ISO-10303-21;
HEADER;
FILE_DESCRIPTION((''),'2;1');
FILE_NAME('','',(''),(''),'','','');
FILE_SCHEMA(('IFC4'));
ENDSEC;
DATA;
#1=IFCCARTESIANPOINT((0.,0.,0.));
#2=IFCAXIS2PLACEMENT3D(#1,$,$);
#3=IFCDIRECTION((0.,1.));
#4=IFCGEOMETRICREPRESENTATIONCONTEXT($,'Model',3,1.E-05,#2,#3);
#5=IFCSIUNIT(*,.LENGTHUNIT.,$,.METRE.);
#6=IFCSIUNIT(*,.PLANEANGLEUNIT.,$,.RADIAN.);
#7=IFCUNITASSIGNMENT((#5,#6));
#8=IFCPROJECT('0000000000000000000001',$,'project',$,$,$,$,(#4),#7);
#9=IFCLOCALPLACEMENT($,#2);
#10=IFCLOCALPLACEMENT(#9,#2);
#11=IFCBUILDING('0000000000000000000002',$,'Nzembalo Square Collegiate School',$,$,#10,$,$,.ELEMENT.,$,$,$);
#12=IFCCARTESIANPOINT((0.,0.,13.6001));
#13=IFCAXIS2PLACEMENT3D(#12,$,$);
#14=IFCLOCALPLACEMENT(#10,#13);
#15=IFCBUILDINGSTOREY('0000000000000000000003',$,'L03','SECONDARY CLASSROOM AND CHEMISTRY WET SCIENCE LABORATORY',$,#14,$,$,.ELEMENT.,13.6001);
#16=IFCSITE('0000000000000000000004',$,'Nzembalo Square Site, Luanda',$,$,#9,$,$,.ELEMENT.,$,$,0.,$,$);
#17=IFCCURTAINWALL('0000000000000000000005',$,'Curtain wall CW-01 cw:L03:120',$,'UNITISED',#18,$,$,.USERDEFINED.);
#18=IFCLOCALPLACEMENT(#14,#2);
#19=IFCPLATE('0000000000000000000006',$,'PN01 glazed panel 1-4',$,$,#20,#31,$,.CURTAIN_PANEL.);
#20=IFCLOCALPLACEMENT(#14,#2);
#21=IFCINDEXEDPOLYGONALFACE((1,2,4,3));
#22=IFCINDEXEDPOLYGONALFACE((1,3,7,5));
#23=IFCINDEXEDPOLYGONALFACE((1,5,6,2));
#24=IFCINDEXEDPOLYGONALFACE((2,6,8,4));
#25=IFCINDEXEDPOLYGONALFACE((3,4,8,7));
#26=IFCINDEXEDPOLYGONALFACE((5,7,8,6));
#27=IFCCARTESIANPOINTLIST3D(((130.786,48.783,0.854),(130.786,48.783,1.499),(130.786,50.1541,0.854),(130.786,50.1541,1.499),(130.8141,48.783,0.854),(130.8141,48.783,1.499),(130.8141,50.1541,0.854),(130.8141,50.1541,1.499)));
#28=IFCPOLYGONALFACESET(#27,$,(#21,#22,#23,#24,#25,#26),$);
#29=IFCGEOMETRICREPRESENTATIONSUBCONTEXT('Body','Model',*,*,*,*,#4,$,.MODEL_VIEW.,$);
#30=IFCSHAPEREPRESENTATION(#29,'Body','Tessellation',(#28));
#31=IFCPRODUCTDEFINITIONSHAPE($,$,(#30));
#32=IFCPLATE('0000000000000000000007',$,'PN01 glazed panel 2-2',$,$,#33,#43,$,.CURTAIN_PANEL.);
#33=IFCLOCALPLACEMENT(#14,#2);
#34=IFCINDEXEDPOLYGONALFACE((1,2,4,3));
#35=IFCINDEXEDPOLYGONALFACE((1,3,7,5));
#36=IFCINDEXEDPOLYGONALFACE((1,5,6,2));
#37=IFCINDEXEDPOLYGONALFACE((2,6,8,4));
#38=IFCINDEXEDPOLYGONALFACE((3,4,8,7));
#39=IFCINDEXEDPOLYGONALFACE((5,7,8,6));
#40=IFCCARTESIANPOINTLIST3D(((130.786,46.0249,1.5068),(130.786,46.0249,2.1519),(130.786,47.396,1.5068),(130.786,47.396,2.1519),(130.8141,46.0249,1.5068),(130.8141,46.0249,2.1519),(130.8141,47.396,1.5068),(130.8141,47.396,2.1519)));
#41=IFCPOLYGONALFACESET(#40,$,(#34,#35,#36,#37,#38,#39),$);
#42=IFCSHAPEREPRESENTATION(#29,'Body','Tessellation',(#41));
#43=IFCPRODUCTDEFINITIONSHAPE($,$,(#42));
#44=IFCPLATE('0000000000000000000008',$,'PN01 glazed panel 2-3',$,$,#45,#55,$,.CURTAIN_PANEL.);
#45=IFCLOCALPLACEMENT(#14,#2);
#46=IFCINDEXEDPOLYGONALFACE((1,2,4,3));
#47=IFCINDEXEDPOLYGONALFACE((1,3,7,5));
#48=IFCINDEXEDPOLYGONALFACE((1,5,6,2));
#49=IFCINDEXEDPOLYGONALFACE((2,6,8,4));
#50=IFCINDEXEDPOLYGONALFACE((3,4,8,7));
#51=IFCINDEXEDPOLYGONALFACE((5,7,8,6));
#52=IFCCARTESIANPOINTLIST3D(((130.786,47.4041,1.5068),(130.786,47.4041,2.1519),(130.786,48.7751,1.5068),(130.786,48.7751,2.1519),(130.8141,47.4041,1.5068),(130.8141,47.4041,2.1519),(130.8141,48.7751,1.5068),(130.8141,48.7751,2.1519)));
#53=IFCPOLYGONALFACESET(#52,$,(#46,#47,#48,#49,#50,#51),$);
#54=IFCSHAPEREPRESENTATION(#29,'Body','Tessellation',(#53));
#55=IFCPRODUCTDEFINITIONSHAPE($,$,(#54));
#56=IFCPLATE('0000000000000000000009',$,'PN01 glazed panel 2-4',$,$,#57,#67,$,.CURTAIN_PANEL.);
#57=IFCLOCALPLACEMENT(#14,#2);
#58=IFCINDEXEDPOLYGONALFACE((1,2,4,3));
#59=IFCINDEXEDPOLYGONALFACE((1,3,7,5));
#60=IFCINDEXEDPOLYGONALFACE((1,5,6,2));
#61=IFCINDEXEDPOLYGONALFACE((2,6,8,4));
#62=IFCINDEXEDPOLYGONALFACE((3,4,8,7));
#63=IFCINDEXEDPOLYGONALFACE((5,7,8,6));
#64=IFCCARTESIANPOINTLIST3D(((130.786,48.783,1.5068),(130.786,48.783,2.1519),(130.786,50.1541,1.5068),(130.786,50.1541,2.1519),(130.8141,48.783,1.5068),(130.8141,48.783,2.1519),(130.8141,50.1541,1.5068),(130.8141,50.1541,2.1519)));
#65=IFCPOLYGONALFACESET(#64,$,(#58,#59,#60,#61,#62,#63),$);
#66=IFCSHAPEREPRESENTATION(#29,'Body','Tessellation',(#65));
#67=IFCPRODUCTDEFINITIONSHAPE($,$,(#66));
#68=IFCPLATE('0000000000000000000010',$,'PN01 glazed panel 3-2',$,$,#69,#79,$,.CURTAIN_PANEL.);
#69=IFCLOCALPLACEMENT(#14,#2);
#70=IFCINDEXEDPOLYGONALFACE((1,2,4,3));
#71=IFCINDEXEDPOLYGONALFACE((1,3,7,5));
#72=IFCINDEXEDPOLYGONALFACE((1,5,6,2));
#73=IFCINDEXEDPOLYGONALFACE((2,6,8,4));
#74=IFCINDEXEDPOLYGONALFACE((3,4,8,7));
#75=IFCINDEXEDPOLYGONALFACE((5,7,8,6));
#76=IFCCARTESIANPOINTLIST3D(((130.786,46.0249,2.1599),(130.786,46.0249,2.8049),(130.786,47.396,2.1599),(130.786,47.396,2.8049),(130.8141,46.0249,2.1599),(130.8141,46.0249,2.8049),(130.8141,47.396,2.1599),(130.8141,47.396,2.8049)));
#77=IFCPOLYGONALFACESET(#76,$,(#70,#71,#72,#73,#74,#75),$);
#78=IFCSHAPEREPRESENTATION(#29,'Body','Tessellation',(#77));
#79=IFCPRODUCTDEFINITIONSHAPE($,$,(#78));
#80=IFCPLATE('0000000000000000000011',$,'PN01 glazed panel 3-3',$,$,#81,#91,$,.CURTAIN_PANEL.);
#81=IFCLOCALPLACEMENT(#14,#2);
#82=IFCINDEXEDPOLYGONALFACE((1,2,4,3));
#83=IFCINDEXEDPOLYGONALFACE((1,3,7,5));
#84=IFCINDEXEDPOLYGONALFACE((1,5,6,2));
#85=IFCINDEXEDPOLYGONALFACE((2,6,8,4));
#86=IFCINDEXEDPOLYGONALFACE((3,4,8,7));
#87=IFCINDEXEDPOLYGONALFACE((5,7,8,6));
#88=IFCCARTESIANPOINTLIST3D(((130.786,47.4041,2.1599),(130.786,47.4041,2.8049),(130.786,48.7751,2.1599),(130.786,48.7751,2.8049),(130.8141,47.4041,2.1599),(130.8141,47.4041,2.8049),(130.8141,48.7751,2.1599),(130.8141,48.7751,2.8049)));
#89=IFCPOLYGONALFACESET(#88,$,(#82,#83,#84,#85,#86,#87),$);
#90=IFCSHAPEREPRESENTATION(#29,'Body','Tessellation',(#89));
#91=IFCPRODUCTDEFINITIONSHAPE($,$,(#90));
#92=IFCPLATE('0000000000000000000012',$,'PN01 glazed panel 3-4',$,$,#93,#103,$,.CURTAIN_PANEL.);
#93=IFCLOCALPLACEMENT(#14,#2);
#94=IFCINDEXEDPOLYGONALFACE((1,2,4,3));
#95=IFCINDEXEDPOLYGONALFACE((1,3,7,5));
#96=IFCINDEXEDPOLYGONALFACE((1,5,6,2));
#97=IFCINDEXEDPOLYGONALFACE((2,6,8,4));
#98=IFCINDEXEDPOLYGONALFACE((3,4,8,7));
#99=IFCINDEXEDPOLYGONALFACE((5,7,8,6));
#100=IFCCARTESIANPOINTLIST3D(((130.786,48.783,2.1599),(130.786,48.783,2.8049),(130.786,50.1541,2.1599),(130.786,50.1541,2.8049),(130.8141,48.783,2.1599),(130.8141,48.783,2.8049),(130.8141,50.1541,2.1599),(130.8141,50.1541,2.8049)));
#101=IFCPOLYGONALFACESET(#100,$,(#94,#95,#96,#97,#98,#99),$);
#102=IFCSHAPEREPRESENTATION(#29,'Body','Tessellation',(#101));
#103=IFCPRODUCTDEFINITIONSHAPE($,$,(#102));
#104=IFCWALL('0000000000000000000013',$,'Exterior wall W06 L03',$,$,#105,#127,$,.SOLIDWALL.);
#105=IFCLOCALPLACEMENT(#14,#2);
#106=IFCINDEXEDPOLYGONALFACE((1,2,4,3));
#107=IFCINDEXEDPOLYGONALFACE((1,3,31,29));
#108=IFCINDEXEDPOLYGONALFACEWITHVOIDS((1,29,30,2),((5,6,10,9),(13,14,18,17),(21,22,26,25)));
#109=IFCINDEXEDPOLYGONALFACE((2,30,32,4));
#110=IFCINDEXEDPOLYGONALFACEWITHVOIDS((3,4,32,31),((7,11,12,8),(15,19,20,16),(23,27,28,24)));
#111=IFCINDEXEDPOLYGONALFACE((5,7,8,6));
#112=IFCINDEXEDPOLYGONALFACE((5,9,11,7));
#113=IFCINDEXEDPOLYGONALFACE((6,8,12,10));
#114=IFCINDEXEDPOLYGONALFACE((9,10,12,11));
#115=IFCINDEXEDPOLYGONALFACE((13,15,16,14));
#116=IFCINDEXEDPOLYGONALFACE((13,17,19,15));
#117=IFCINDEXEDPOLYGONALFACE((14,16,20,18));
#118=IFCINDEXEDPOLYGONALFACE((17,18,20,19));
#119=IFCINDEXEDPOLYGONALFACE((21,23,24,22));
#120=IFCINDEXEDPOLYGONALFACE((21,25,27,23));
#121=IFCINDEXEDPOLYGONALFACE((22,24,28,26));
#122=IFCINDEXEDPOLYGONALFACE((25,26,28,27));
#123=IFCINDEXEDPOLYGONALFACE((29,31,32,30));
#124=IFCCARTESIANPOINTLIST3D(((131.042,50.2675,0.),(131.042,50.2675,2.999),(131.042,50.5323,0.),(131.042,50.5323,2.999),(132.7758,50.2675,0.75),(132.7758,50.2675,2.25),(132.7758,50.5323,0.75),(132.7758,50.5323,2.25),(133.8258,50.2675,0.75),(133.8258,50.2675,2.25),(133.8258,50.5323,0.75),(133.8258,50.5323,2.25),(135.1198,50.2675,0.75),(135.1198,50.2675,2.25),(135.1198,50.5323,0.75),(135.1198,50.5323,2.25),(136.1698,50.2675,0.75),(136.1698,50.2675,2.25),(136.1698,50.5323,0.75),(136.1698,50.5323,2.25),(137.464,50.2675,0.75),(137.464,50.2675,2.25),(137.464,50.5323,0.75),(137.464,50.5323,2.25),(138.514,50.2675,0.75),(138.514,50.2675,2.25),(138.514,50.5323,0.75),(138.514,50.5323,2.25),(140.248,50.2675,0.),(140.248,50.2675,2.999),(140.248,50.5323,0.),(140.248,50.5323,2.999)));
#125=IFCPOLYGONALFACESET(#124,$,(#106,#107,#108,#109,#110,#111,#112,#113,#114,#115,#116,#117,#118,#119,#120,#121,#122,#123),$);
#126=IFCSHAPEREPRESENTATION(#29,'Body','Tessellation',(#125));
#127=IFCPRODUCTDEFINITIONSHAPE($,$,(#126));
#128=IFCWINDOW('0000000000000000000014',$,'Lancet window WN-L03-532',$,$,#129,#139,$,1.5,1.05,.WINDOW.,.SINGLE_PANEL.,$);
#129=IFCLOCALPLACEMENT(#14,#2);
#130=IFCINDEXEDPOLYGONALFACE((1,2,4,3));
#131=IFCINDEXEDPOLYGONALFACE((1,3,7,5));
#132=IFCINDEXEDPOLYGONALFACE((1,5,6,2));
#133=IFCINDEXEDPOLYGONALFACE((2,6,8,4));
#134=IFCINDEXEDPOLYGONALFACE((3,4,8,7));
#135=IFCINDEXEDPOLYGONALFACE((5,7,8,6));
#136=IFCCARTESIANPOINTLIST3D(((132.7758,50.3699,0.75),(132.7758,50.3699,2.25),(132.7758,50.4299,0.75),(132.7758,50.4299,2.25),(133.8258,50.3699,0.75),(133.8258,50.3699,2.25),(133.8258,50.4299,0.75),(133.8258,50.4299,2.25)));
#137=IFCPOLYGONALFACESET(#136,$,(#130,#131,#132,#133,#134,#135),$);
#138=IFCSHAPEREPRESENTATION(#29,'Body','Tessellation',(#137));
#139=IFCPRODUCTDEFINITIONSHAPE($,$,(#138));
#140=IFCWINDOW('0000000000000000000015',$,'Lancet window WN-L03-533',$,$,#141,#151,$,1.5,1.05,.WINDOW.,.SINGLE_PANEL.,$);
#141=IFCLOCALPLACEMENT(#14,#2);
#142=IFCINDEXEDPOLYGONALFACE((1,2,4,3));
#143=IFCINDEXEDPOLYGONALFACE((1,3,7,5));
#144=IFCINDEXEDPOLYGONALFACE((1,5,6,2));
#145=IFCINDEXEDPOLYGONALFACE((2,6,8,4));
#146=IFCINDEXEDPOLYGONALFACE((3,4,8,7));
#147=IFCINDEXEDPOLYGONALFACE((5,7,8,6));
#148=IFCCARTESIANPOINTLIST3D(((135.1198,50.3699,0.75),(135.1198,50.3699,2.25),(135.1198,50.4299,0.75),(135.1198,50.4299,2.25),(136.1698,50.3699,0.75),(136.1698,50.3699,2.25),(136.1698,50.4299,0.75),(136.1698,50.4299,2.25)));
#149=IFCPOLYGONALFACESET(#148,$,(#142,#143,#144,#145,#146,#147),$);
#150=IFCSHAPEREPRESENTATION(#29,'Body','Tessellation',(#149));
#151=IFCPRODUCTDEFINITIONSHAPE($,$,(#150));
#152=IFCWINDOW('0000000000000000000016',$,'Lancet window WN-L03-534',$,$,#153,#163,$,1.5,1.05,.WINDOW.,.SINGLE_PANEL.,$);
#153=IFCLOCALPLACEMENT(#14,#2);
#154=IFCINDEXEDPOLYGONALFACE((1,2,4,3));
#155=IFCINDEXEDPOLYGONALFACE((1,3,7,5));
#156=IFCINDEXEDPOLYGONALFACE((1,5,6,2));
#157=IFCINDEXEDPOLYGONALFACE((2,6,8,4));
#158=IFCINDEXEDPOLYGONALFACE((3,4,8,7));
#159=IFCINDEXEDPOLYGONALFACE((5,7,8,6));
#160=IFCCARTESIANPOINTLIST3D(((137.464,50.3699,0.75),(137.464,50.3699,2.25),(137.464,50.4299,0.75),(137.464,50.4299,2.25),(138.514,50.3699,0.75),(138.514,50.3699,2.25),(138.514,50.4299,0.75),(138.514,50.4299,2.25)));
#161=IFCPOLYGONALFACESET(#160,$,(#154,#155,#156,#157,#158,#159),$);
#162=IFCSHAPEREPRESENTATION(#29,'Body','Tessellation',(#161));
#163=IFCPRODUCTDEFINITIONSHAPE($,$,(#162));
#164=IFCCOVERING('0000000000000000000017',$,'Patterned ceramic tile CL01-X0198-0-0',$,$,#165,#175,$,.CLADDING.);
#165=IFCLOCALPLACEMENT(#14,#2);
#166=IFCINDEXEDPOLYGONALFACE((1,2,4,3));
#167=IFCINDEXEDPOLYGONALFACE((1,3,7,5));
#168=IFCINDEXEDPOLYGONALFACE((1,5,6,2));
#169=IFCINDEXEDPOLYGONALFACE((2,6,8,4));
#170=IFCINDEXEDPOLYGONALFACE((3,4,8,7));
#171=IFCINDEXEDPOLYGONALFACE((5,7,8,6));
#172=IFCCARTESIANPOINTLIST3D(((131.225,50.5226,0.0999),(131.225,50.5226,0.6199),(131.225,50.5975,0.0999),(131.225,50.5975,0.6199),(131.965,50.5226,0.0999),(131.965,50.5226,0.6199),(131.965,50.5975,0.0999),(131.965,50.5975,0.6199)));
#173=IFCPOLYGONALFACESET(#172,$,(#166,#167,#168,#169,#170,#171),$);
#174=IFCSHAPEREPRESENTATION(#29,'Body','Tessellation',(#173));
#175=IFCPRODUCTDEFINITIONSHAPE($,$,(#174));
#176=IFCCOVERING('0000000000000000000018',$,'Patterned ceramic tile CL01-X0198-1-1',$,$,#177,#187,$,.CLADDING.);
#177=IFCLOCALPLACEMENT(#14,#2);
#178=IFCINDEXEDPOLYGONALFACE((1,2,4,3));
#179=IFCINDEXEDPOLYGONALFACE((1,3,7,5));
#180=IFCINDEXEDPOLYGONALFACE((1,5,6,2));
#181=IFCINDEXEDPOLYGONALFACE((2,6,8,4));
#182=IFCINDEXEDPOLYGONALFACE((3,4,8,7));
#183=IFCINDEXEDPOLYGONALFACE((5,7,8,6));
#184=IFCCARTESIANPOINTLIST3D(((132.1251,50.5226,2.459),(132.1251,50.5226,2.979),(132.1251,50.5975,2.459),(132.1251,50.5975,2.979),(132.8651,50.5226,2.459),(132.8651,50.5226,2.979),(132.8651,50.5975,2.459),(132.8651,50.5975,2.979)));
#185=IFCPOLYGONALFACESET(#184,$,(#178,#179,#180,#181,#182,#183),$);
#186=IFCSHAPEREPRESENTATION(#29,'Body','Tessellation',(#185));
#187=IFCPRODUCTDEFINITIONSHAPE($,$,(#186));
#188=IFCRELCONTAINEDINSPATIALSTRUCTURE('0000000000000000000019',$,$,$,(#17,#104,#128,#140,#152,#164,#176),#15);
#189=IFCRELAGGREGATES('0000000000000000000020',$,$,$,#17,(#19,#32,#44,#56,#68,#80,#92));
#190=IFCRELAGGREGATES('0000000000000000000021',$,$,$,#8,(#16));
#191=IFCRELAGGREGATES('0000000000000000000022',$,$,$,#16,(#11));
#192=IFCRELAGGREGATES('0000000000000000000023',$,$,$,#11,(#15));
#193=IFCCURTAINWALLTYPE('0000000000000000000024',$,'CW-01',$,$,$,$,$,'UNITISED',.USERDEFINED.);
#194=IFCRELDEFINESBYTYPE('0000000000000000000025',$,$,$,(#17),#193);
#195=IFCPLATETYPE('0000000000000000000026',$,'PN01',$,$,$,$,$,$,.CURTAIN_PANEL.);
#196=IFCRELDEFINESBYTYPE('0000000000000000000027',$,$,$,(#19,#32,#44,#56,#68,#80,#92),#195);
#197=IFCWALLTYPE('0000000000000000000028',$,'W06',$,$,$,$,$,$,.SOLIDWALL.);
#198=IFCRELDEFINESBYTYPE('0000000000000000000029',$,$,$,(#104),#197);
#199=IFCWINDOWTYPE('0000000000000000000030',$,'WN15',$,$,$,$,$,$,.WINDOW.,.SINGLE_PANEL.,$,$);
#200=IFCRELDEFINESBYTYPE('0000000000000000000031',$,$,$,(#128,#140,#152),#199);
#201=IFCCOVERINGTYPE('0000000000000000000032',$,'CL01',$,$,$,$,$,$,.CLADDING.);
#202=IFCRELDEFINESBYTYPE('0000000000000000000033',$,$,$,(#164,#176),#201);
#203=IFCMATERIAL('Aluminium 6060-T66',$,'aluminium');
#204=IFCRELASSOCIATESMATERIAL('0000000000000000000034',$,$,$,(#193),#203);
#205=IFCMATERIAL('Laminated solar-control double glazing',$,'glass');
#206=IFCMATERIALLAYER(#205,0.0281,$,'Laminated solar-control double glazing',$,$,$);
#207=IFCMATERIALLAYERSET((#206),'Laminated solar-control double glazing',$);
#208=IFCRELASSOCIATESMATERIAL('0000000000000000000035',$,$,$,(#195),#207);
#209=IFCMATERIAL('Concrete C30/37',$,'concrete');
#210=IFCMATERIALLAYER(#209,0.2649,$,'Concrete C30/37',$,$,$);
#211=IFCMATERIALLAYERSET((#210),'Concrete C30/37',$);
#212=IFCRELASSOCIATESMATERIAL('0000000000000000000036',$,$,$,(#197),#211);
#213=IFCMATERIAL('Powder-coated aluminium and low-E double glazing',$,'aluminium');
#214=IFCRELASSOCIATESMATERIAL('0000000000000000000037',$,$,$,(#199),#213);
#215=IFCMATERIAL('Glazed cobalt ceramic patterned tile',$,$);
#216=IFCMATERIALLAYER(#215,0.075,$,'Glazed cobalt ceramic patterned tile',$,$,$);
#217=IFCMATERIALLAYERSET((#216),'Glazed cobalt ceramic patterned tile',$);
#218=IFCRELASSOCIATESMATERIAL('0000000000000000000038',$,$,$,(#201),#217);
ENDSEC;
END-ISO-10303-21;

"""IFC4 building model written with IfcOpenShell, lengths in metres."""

from ifc_helpers import new_model, si_unit, direction, frame, frame_2d, origin, origin_2d, place, context, subcontext, project, spatial, rectangle, extrude, material, layer, layer_set, type_object, element, fill, aggregate, save


model = new_model("IFC4")

# Units and contexts
model_context = context("Model", 3, precision=1e-05, world=origin(), true_north=direction((0.0, 1.0)))
body_context = subcontext(model_context, "Body", "Model", "MODEL_VIEW")
ifc_project = project(units=[si_unit("LENGTHUNIT", "METRE"), si_unit("PLANEANGLEUNIT", "RADIAN")], contexts=[model_context])

# Site, building, storey
site_placement = place(None, origin())
site = spatial("IfcSite", under=ifc_project, at=site_placement, Name="Nzembalo Square Site, Luanda", CompositionType="ELEMENT", RefElevation=0.0)
building_placement = place(site_placement, origin())
building = spatial("IfcBuilding", under=site, at=building_placement, Name="Nzembalo Square Collegiate School", CompositionType="ELEMENT")
storey_placement = place(building_placement, frame((0.0, 0.0, 13.6001)))
storey = spatial("IfcBuildingStorey", under=building, at=storey_placement, Name="L03", Description="SECONDARY CLASSROOM AND CHEMISTRY WET SCIENCE LABORATORY", CompositionType="ELEMENT", Elevation=13.6001)

# Curtain wall, plates
ifc_material_1 = material(Name="Aluminium 6060-T66", Category="aluminium")
curtain_wall_type = type_object("IfcCurtainWallType", Name="CW-01", ElementType="UNITISED", PredefinedType="USERDEFINED", material=ifc_material_1)
curtain_wall_placement = place(storey_placement, origin())
curtain_wall = element("IfcCurtainWall", 1, at=curtain_wall_placement, inside=storey, type_object=curtain_wall_type, Name="Curtain wall CW-01 cw:L03:120", ObjectType="UNITISED", PredefinedType="USERDEFINED")
ifc_material_2 = material(Name="Laminated solar-control double glazing", Category="glass")
ifc_layer_1 = layer(ifc_material_2, 0.0281, Name="Laminated solar-control double glazing")
ifc_layer_set_1 = layer_set([ifc_layer_1], Name="Laminated solar-control double glazing")
plate_type = type_object("IfcPlateType", Name="PN01", PredefinedType="CURTAIN_PANEL", material=ifc_layer_set_1)
plate_1_placement = place(storey_placement, frame((130.8, 49.4685, 0.854), z_axis=(0.0, 0.0, 1.0), x_axis=(0.0, 1.0, 0.0)))
plate_1 = element("IfcPlate", 2, at=plate_1_placement, type_object=plate_type, Name="PN01 glazed panel 1-4", PredefinedType="CURTAIN_PANEL", context=body_context, shape_type="SweptSolid", body=[
    extrude(rectangle(XDim=1.3711, YDim=0.0281, at=origin_2d()), origin(), (0.0, 0.0, 1.0), 0.645),
])
plate_2_placement = place(storey_placement, frame((130.8, 46.7104, 1.5068), z_axis=(0.0, 0.0, 1.0), x_axis=(0.0, 1.0, 0.0)))
plate_2 = element("IfcPlate", 3, at=plate_2_placement, type_object=plate_type, Name="PN01 glazed panel 2-2", PredefinedType="CURTAIN_PANEL", context=body_context, shape_type="SweptSolid", body=[
    extrude(rectangle(XDim=1.3711, YDim=0.0281, at=origin_2d()), origin(), (0.0, 0.0, 1.0), 0.645),
])
plate_3_placement = place(storey_placement, frame((130.8, 48.0896, 1.5068), z_axis=(0.0, 0.0, 1.0), x_axis=(0.0, 1.0, 0.0)))
plate_3 = element("IfcPlate", 4, at=plate_3_placement, type_object=plate_type, Name="PN01 glazed panel 2-3", PredefinedType="CURTAIN_PANEL", context=body_context, shape_type="SweptSolid", body=[
    extrude(rectangle(XDim=1.3711, YDim=0.0281, at=origin_2d()), origin(), (0.0, 0.0, 1.0), 0.645),
])
plate_4_placement = place(storey_placement, frame((130.8, 49.4685, 1.5068), z_axis=(0.0, 0.0, 1.0), x_axis=(0.0, 1.0, 0.0)))
plate_4 = element("IfcPlate", 5, at=plate_4_placement, type_object=plate_type, Name="PN01 glazed panel 2-4", PredefinedType="CURTAIN_PANEL", context=body_context, shape_type="SweptSolid", body=[
    extrude(rectangle(XDim=1.3711, YDim=0.0281, at=origin_2d()), origin(), (0.0, 0.0, 1.0), 0.645),
])
plate_5_placement = place(storey_placement, frame((130.8, 46.7104, 2.1599), z_axis=(0.0, 0.0, 1.0), x_axis=(0.0, 1.0, 0.0)))
plate_5 = element("IfcPlate", 6, at=plate_5_placement, type_object=plate_type, Name="PN01 glazed panel 3-2", PredefinedType="CURTAIN_PANEL", context=body_context, shape_type="SweptSolid", body=[
    extrude(rectangle(XDim=1.3711, YDim=0.0281, at=origin_2d()), origin(), (0.0, 0.0, 1.0), 0.645),
])
plate_6_placement = place(storey_placement, frame((130.8, 48.0896, 2.1599), z_axis=(0.0, 0.0, 1.0), x_axis=(0.0, 1.0, 0.0)))
plate_6 = element("IfcPlate", 7, at=plate_6_placement, type_object=plate_type, Name="PN01 glazed panel 3-3", PredefinedType="CURTAIN_PANEL", context=body_context, shape_type="SweptSolid", body=[
    extrude(rectangle(XDim=1.3711, YDim=0.0281, at=origin_2d()), origin(), (0.0, 0.0, 1.0), 0.645),
])
plate_7_placement = place(storey_placement, frame((130.8, 49.4685, 2.1599), z_axis=(0.0, 0.0, 1.0), x_axis=(0.0, 1.0, 0.0)))
plate_7 = element("IfcPlate", 8, at=plate_7_placement, type_object=plate_type, Name="PN01 glazed panel 3-4", PredefinedType="CURTAIN_PANEL", context=body_context, shape_type="SweptSolid", body=[
    extrude(rectangle(XDim=1.3711, YDim=0.0281, at=origin_2d()), origin(), (0.0, 0.0, 1.0), 0.645),
])
aggregate(curtain_wall, [plate_1, plate_2, plate_3, plate_4, plate_5, plate_6, plate_7])

# Wall, openings, windows
ifc_material_3 = material(Name="Concrete C30/37", Category="concrete")
ifc_layer_2 = layer(ifc_material_3, 0.2649, Name="Concrete C30/37")
ifc_layer_set_2 = layer_set([ifc_layer_2], Name="Concrete C30/37")
wall_type = type_object("IfcWallType", Name="W06", PredefinedType="SOLIDWALL", material=ifc_layer_set_2)
wall_placement = place(storey_placement, frame((131.042, 50.3999, 0.0), z_axis=(0.0, 0.0, 1.0), x_axis=(1.0, 0.0, 0.0)))
wall = element("IfcWall", 9, at=wall_placement, inside=storey, type_object=wall_type, Name="Exterior wall W06 L03", PredefinedType="SOLIDWALL", context=body_context, shape_type="SweptSolid", body=[
    extrude(rectangle(XDim=9.2061, YDim=0.2649, at=frame_2d((4.603, 0.0))), origin(), (0.0, 0.0, 1.0), 2.999),
])
opening_1_placement = place(wall_placement, frame((1.7339, 0.0, 0.75)))
opening_1 = element("IfcOpeningElement", 10, at=opening_1_placement, cuts=wall, PredefinedType="OPENING", context=body_context, shape_type="SweptSolid", body=[
    extrude(rectangle(XDim=1.05, YDim=1.5, at=frame_2d((0.5249, 0.75))), frame((0.0, 0.1426, 0.0), z_axis=(0.0, -1.0, 0.0), x_axis=(1.0, 0.0, 0.0)), (0.0, 0.0, 1.0), 0.2849),
])
opening_2_placement = place(wall_placement, frame((4.0779, 0.0, 0.75)))
opening_2 = element("IfcOpeningElement", 11, at=opening_2_placement, cuts=wall, PredefinedType="OPENING", context=body_context, shape_type="SweptSolid", body=[
    extrude(rectangle(XDim=1.05, YDim=1.5, at=frame_2d((0.5249, 0.75))), frame((0.0, 0.1426, 0.0), z_axis=(0.0, -1.0, 0.0), x_axis=(1.0, 0.0, 0.0)), (0.0, 0.0, 1.0), 0.2849),
])
opening_3_placement = place(wall_placement, frame((6.4221, 0.0, 0.75)))
opening_3 = element("IfcOpeningElement", 12, at=opening_3_placement, cuts=wall, PredefinedType="OPENING", context=body_context, shape_type="SweptSolid", body=[
    extrude(rectangle(XDim=1.05, YDim=1.5, at=frame_2d((0.5249, 0.75))), frame((0.0, 0.1426, 0.0), z_axis=(0.0, -1.0, 0.0), x_axis=(1.0, 0.0, 0.0)), (0.0, 0.0, 1.0), 0.2849),
])
ifc_material_4 = material(Name="Powder-coated aluminium and low-E double glazing", Category="aluminium")
window_type = type_object("IfcWindowType", Name="WN15", PartitioningType="SINGLE_PANEL", PredefinedType="WINDOW", material=ifc_material_4)
window_1_placement = place(opening_1_placement, origin())
window_1 = element("IfcWindow", 13, at=window_1_placement, inside=storey, type_object=window_type, Name="Lancet window WN-L03-532", OverallHeight=1.5, OverallWidth=1.05, PartitioningType="SINGLE_PANEL", PredefinedType="WINDOW", context=body_context, shape_type="SweptSolid", body=[
    extrude(rectangle(XDim=1.05, YDim=1.5, at=frame_2d((0.5249, 0.75))), frame((0.0, 0.03, 0.0), z_axis=(0.0, -1.0, 0.0), x_axis=(1.0, 0.0, 0.0)), (0.0, 0.0, 1.0), 0.0601),
])
fill(opening_1, window_1)
window_2_placement = place(opening_2_placement, origin())
window_2 = element("IfcWindow", 14, at=window_2_placement, inside=storey, type_object=window_type, Name="Lancet window WN-L03-533", OverallHeight=1.5, OverallWidth=1.05, PartitioningType="SINGLE_PANEL", PredefinedType="WINDOW", context=body_context, shape_type="SweptSolid", body=[
    extrude(rectangle(XDim=1.05, YDim=1.5, at=frame_2d((0.5249, 0.75))), frame((0.0, 0.03, 0.0), z_axis=(0.0, -1.0, 0.0), x_axis=(1.0, 0.0, 0.0)), (0.0, 0.0, 1.0), 0.0601),
])
fill(opening_2, window_2)
window_3_placement = place(opening_3_placement, origin())
window_3 = element("IfcWindow", 15, at=window_3_placement, inside=storey, type_object=window_type, Name="Lancet window WN-L03-534", OverallHeight=1.5, OverallWidth=1.05, PartitioningType="SINGLE_PANEL", PredefinedType="WINDOW", context=body_context, shape_type="SweptSolid", body=[
    extrude(rectangle(XDim=1.05, YDim=1.5, at=frame_2d((0.5249, 0.75))), frame((0.0, 0.03, 0.0), z_axis=(0.0, -1.0, 0.0), x_axis=(1.0, 0.0, 0.0)), (0.0, 0.0, 1.0), 0.0601),
])
fill(opening_3, window_3)

# Coverings
ifc_material_5 = material(Name="Glazed cobalt ceramic patterned tile")
ifc_layer_3 = layer(ifc_material_5, 0.075, Name="Glazed cobalt ceramic patterned tile")
ifc_layer_set_3 = layer_set([ifc_layer_3], Name="Glazed cobalt ceramic patterned tile")
covering_type = type_object("IfcCoveringType", Name="CL01", PredefinedType="CLADDING", material=ifc_layer_set_3)
for number, where, z_axis, x_axis, name in (
    (16, (131.595, 50.5601, 0.0999), (0.0, 0.0, 1.0), (1.0, 0.0, 0.0), "Patterned ceramic tile CL01-X0198-0-0"),
    (17, (132.4951, 50.5601, 2.459), (0.0, 0.0, 1.0), (1.0, 0.0, 0.0), "Patterned ceramic tile CL01-X0198-1-1"),
):
    element("IfcCovering", number, at=place(storey_placement, frame(where, z_axis=z_axis, x_axis=x_axis)), inside=storey, type_object=covering_type, Name=name, PredefinedType="CLADDING", context=body_context, shape_type="SweptSolid", body=[
        extrude(rectangle(XDim=0.74, YDim=0.075, at=origin_2d()), origin(), (0.0, 0.0, 1.0), 0.52),
    ])

save(model, "model.ifc")
